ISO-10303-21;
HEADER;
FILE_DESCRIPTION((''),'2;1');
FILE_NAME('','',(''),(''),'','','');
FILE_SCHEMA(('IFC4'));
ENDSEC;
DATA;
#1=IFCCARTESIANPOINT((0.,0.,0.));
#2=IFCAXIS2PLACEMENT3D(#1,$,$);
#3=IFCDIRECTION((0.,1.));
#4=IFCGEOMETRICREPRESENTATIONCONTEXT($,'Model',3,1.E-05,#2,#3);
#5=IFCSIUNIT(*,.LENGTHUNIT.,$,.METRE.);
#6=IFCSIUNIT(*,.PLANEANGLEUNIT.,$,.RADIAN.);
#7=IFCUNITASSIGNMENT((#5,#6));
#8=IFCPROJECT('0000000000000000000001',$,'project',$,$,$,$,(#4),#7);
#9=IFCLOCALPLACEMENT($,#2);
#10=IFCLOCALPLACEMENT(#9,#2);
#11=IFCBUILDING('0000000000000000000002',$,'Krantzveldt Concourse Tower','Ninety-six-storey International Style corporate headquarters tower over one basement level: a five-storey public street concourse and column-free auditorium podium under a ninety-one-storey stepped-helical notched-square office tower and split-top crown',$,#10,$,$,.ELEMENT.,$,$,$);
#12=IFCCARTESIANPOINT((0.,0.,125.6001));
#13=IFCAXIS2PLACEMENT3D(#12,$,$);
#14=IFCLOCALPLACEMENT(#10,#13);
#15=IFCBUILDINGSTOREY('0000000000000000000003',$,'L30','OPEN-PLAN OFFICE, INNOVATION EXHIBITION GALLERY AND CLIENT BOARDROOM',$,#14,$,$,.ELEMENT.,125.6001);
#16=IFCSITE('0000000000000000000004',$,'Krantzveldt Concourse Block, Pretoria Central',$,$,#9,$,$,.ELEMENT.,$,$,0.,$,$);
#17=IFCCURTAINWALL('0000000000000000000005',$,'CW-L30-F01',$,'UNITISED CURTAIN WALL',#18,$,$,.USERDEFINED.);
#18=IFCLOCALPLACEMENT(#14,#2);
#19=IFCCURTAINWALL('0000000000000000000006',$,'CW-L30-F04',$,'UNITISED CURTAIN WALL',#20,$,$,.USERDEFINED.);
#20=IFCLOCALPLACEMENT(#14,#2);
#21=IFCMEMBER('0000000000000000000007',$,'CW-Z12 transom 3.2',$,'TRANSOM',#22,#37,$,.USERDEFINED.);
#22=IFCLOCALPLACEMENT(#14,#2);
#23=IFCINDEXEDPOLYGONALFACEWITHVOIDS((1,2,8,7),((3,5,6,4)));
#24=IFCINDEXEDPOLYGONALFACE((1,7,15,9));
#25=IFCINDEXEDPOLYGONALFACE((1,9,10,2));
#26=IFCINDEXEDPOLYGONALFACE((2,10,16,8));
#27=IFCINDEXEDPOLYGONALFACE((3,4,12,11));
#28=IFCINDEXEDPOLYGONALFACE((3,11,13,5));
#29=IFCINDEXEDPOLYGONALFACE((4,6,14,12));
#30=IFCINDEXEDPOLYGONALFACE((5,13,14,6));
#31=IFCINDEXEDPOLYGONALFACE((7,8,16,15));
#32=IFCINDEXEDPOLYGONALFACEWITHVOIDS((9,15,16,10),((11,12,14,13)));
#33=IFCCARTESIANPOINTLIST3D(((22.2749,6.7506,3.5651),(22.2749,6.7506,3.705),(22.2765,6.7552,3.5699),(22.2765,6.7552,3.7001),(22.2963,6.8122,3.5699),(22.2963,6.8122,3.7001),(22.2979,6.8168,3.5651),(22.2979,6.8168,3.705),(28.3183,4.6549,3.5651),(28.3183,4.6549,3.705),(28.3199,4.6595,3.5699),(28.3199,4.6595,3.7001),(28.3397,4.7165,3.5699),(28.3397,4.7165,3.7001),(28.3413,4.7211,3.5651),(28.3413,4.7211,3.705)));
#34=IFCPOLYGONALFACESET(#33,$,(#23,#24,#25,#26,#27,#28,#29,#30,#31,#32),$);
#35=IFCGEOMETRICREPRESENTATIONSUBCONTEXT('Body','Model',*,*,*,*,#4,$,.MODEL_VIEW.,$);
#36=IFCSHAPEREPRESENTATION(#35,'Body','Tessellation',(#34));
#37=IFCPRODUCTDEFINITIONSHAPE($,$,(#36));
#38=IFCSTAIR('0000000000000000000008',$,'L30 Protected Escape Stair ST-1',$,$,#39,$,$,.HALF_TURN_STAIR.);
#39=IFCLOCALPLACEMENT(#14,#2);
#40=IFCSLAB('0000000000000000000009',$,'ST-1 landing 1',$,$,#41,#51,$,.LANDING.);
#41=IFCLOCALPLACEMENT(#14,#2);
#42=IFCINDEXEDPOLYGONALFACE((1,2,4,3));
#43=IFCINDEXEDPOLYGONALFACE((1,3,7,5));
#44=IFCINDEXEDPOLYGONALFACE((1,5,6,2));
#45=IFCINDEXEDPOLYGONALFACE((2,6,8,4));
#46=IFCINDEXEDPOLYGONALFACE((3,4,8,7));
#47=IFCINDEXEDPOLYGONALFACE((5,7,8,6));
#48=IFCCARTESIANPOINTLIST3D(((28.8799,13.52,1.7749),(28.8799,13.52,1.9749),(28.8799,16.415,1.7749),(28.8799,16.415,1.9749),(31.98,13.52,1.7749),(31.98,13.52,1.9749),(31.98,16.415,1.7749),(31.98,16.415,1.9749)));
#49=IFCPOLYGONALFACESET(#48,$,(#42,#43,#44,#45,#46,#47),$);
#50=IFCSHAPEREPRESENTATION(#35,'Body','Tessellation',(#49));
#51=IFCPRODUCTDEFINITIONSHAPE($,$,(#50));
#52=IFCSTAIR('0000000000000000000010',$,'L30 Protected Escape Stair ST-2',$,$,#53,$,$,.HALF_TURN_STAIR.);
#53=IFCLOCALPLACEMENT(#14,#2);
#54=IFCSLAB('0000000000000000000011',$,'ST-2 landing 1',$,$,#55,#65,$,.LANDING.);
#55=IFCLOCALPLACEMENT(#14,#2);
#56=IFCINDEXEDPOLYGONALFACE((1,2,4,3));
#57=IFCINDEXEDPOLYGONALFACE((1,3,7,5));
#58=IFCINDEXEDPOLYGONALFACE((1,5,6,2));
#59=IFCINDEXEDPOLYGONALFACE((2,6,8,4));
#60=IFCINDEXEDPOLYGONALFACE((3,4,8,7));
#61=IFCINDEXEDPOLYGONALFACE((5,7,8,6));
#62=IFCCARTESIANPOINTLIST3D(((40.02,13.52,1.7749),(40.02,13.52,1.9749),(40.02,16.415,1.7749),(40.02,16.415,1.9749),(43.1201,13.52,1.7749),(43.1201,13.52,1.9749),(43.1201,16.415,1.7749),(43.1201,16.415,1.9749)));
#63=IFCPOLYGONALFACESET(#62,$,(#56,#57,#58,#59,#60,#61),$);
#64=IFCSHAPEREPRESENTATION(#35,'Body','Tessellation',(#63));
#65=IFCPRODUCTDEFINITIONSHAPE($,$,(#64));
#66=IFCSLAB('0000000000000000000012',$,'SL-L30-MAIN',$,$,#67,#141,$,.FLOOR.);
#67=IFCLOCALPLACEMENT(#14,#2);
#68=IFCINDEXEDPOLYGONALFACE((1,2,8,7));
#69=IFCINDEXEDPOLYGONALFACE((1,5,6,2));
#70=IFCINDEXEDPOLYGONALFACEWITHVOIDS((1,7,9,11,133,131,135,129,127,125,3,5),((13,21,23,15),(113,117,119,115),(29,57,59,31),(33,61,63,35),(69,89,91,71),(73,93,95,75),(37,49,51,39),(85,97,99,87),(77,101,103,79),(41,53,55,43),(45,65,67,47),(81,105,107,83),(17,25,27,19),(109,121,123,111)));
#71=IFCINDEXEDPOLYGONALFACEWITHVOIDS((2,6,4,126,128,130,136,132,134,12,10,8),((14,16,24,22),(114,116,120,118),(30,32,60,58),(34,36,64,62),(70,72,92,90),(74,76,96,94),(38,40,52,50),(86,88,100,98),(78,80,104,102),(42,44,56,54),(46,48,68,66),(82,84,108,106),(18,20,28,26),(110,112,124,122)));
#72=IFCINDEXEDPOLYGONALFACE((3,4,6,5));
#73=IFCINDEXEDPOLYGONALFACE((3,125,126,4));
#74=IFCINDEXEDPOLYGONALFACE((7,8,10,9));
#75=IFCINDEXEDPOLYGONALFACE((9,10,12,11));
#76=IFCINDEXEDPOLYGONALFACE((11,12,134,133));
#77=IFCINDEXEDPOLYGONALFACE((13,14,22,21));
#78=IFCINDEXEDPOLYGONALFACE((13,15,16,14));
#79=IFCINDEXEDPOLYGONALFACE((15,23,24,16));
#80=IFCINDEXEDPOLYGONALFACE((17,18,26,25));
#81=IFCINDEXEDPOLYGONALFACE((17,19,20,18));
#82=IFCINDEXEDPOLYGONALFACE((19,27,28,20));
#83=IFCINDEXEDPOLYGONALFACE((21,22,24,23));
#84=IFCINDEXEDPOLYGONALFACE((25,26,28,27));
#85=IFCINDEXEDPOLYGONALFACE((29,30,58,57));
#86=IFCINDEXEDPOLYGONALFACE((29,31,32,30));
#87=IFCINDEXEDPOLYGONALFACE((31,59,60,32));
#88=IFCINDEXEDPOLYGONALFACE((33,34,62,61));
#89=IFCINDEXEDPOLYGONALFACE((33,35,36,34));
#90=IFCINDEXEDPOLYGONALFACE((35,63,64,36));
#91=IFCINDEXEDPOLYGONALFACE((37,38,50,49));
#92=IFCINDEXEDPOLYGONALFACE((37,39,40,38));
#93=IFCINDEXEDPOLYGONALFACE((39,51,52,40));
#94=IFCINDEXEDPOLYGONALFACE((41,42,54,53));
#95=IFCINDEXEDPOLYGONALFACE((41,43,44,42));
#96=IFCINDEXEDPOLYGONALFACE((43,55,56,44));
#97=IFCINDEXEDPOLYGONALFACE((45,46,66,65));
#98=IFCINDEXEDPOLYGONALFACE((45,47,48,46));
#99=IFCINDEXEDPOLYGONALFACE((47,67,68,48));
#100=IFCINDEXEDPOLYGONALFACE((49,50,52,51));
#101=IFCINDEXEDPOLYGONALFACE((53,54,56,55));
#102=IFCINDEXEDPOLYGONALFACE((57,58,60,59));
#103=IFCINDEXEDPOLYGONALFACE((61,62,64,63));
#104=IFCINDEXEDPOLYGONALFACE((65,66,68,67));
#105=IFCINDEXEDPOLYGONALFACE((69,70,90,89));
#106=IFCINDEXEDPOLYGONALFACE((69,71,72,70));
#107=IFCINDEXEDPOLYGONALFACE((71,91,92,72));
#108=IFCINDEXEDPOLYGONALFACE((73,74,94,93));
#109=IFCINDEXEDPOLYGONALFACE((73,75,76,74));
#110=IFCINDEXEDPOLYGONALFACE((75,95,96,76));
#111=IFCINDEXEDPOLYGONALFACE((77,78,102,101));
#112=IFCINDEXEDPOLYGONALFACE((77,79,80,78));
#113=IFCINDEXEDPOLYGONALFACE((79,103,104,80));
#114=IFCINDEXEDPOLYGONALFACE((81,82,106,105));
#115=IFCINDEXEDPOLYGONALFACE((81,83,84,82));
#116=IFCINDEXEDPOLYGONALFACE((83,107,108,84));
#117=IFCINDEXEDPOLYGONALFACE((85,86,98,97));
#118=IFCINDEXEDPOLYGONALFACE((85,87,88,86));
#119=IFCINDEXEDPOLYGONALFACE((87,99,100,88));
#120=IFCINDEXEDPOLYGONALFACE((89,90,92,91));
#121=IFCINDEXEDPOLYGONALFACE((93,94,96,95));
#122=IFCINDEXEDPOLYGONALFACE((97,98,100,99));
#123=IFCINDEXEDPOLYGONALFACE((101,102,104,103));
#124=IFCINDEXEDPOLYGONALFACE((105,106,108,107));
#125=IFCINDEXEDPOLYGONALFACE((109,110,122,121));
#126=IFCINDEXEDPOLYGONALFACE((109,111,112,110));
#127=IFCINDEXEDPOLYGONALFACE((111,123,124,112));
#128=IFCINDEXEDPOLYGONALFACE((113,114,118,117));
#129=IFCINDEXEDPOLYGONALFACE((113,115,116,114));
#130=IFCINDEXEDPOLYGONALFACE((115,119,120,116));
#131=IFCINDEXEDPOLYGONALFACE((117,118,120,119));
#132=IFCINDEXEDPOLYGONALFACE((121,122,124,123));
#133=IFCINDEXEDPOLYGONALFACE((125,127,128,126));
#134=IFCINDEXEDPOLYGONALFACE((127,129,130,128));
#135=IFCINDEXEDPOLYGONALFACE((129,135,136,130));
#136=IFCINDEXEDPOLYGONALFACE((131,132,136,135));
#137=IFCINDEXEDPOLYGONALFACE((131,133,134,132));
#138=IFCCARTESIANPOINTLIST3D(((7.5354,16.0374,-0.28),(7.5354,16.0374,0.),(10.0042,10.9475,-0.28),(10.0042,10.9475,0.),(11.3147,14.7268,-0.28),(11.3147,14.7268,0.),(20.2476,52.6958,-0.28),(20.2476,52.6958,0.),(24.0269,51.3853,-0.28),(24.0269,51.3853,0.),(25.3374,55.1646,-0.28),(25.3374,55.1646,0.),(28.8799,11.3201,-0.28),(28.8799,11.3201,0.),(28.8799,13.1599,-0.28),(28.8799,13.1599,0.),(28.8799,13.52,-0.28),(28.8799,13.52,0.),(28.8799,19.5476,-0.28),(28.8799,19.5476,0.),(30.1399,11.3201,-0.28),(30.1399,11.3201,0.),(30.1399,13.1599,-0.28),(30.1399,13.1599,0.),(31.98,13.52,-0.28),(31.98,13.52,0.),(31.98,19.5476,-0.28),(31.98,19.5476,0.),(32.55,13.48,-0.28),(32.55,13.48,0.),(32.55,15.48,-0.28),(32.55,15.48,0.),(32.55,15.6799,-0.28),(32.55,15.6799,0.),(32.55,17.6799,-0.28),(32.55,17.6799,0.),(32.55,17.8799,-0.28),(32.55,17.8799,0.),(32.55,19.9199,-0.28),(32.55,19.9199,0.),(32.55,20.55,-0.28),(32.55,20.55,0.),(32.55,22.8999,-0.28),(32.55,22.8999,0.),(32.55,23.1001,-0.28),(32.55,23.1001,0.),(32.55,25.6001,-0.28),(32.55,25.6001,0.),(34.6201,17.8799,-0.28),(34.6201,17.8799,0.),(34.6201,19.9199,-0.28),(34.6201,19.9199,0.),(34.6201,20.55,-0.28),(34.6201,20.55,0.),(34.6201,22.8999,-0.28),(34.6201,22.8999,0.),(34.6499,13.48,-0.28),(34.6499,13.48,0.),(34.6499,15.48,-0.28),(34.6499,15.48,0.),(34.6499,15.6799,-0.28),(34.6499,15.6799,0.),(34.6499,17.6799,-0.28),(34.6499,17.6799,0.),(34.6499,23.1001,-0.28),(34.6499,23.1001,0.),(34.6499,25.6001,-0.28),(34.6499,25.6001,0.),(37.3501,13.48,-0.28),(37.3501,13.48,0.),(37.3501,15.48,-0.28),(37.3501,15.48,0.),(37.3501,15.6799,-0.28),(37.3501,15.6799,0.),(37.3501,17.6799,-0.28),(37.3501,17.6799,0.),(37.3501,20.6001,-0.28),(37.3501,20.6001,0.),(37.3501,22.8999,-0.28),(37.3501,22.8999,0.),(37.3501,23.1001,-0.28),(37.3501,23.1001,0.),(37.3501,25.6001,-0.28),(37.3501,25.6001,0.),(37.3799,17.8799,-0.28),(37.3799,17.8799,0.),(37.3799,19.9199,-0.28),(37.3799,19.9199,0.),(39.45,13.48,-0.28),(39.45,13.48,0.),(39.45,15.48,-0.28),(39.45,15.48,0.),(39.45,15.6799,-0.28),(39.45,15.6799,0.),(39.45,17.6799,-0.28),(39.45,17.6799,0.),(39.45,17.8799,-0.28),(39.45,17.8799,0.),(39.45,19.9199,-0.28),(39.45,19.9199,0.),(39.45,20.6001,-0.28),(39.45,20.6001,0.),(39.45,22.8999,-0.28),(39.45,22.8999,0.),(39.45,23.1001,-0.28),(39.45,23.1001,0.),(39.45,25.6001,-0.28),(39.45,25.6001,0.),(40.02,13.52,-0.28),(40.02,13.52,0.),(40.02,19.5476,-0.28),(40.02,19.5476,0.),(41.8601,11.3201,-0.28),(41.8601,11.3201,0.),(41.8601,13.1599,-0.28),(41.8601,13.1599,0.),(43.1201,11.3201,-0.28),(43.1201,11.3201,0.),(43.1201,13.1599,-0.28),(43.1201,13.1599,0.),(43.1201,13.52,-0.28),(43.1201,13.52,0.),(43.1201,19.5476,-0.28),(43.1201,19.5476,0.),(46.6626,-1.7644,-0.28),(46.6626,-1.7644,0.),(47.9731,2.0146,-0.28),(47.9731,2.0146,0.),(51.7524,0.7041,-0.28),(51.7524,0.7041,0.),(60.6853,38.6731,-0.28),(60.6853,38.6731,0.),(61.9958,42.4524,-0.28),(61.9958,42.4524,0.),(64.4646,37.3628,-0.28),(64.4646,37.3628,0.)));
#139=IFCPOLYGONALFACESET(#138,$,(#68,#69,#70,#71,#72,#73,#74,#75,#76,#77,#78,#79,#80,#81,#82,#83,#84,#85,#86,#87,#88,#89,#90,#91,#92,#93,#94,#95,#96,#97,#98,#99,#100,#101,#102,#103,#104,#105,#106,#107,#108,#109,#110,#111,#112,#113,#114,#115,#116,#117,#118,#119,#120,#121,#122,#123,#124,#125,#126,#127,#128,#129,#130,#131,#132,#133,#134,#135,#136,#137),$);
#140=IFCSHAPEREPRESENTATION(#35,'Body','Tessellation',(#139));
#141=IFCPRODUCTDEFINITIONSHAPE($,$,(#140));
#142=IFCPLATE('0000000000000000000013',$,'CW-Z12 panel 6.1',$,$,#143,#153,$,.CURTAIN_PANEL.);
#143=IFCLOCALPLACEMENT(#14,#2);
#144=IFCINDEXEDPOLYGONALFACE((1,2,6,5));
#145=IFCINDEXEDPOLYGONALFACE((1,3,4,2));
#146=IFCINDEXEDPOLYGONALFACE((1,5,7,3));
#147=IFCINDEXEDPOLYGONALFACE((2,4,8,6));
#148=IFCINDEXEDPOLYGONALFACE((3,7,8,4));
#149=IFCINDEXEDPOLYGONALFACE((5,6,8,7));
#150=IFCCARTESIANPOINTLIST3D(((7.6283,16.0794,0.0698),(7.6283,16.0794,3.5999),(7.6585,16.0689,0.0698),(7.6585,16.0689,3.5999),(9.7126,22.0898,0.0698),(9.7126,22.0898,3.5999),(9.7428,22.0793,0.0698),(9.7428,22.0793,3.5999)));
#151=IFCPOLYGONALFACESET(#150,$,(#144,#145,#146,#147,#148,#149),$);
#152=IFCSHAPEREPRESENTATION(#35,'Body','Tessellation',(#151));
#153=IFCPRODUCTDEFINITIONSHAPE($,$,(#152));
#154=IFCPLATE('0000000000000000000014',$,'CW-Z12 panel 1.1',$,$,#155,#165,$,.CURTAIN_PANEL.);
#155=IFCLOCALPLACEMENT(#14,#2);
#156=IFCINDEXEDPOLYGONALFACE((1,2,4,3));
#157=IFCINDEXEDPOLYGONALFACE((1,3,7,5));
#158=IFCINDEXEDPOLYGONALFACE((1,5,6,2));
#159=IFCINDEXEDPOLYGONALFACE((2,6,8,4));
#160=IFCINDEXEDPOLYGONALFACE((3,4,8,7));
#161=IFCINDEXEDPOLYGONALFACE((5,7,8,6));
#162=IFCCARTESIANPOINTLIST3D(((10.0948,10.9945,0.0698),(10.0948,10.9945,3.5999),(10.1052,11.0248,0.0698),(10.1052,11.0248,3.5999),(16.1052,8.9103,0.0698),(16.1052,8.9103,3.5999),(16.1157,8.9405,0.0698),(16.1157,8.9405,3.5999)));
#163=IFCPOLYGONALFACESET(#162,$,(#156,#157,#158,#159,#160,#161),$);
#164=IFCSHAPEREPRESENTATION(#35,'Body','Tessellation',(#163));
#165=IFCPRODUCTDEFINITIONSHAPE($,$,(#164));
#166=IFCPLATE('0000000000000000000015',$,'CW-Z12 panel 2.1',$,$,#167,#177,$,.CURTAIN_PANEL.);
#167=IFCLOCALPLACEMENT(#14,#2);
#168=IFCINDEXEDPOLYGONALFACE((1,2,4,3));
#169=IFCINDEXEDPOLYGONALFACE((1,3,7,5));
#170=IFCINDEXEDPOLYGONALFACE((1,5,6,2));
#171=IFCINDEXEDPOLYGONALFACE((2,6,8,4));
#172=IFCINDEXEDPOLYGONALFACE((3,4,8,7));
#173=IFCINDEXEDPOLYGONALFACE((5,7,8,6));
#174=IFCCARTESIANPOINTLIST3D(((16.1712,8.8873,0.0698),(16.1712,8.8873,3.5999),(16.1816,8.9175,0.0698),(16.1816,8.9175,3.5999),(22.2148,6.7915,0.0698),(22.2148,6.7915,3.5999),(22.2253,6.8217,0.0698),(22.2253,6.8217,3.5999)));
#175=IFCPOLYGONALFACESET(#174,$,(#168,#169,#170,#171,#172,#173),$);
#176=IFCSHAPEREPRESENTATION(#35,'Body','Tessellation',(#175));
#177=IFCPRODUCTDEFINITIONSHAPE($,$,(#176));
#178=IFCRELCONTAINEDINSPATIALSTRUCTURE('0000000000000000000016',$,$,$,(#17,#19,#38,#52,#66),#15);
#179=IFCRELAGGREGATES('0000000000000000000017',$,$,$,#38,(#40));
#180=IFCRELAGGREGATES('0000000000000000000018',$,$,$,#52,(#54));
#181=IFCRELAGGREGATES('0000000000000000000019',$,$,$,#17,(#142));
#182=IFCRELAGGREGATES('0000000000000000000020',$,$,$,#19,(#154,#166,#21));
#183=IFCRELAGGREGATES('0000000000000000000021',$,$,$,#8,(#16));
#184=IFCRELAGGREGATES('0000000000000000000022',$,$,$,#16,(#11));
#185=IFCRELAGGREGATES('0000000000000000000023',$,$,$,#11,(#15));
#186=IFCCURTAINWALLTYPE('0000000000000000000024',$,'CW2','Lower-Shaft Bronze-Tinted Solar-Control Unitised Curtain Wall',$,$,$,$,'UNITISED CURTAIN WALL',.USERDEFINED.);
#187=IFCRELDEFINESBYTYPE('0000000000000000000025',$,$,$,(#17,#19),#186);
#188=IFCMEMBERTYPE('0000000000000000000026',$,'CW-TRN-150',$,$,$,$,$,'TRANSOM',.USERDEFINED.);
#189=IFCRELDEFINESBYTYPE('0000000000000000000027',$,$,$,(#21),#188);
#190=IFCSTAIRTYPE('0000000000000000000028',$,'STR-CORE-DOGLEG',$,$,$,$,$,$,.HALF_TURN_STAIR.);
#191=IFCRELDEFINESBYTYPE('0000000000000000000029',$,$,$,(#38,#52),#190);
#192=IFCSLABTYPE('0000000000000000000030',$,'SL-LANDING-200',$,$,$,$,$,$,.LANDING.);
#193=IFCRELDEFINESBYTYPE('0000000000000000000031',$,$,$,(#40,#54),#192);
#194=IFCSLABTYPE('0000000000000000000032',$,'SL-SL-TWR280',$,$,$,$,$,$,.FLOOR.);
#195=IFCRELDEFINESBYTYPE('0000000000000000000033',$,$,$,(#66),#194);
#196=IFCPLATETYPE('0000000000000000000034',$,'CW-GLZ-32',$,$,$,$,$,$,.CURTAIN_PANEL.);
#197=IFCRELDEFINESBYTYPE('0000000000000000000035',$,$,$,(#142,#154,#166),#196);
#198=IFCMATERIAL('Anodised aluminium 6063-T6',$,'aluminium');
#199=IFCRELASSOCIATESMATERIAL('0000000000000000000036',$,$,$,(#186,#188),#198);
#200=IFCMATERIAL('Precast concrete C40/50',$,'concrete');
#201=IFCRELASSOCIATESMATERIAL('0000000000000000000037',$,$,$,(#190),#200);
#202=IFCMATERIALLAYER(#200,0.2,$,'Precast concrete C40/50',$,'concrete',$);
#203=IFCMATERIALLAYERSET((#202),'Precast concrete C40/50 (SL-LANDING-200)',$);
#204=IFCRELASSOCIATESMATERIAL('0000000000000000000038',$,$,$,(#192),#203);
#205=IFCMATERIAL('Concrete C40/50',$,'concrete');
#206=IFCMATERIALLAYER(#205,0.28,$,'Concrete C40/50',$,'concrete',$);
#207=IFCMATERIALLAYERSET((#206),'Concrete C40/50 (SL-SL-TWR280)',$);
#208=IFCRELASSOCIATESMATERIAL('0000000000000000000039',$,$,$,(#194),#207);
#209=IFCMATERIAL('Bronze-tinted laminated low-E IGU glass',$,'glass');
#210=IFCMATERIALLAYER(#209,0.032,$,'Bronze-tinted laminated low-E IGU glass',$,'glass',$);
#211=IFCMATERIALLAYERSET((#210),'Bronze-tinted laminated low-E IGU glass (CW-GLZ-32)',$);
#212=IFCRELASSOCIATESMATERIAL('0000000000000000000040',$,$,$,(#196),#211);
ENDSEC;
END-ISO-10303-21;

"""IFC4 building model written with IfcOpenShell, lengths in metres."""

from ifc_helpers import new_model, si_unit, direction, frame, origin, origin_2d, place, context, subcontext, project, spatial, polyline, rectangle, hollow_rectangle, outline, extrude, source, transform, mapped, material, layer, layer_set, material_profile, profile_set, type_object, type_shapes, element, aggregate, save


model = new_model("IFC4")

# Units and contexts
model_context = context("Model", 3, precision=1e-05, world=origin(), true_north=direction((0.0, 1.0)))
body_context = subcontext(model_context, "Body", "Model", "MODEL_VIEW")
ifc_project = project(units=[si_unit("LENGTHUNIT", "METRE"), si_unit("PLANEANGLEUNIT", "RADIAN")], contexts=[model_context])

# Site, building, storey
site_placement = place(None, origin())
site = spatial("IfcSite", under=ifc_project, at=site_placement, Name="Krantzveldt Concourse Block, Pretoria Central", CompositionType="ELEMENT", RefElevation=0.0)
building_placement = place(site_placement, origin())
building = spatial("IfcBuilding", under=site, at=building_placement, Name="Krantzveldt Concourse Tower", Description="Ninety-six-storey International Style corporate headquarters tower over one basement level: a five-storey public street concourse and column-free auditorium podium under a ninety-one-storey stepped-helical notched-square office tower and split-top crown", CompositionType="ELEMENT")
storey_placement = place(building_placement, frame((0.0, 0.0, 125.6001)))
storey = spatial("IfcBuildingStorey", under=building, at=storey_placement, Name="L30", Description="OPEN-PLAN OFFICE, INNOVATION EXHIBITION GALLERY AND CLIENT BOARDROOM", CompositionType="ELEMENT", Elevation=125.6001)

# Curtain walls
ifc_material_1 = material(Name="Anodised aluminium 6063-T6", Category="aluminium")
curtain_wall_type = type_object("IfcCurtainWallType", Name="CW2", Description="Lower-Shaft Bronze-Tinted Solar-Control Unitised Curtain Wall", ElementType="UNITISED CURTAIN WALL", PredefinedType="USERDEFINED", material=ifc_material_1)
curtain_wall_1_placement = place(storey_placement, origin())
curtain_wall_1 = element("IfcCurtainWall", 1, at=curtain_wall_1_placement, inside=storey, type_object=curtain_wall_type, Name="CW-L30-F01", ObjectType="UNITISED CURTAIN WALL", PredefinedType="USERDEFINED")
curtain_wall_2_placement = place(storey_placement, origin())
curtain_wall_2 = element("IfcCurtainWall", 2, at=curtain_wall_2_placement, inside=storey, type_object=curtain_wall_type, Name="CW-L30-F04", ObjectType="UNITISED CURTAIN WALL", PredefinedType="USERDEFINED")

# Member
ifc_material_profile_1 = material_profile(ifc_material_1, hollow_rectangle(XDim=0.0701, YDim=0.1399, WallThickness=0.0049, at=origin_2d()), Name="Anodised aluminium 6063-T6", Category="aluminium")
ifc_profile_set_1 = profile_set([ifc_material_profile_1], Name="Anodised aluminium 6063-T6 - ALU-TRAN 140x70x5")
member_type_1 = type_object("IfcMemberType", Name="CW-TRN-150", ElementType="TRANSOM", PredefinedType="USERDEFINED", material=ifc_profile_set_1)
shared_shape_1 = source(origin(), body_context, "Body", "SweptSolid", [
    extrude(hollow_rectangle(XDim=0.0701, YDim=0.1399, WallThickness=0.0049, at=origin_2d()), origin(), (0.0, 0.0, 1.0), 6.3965),
])
member_1_placement = place(storey_placement, frame((22.2864, 6.7837, 3.635), z_axis=(0.944805, -0.327632, 0.0), x_axis=(0.327632, 0.944805, 0.0)))
member_1 = element("IfcMember", 3, at=member_1_placement, type_object=member_type_1, Name="CW-Z12 transom 3.2", ObjectType="TRANSOM", PredefinedType="USERDEFINED", context=body_context, shape_type="MappedRepresentation", body=[
    mapped(shared_shape_1, transform((0.0, 0.0, 0.0), x_axis=(1.0, 0.0, 0.0), y_axis=(0.0, 1.0, 0.0), z_axis=(0.0, 0.0, 1.0), scale=1.0)),
])

# Stairs, slabs
ifc_material_2 = material(Name="Precast concrete C40/50", Category="concrete")
stair_type = type_object("IfcStairType", Name="STR-CORE-DOGLEG", PredefinedType="HALF_TURN_STAIR", material=ifc_material_2)
stair_1_placement = place(storey_placement, origin())
stair_1 = element("IfcStair", 4, at=stair_1_placement, inside=storey, type_object=stair_type, Name="L30 Protected Escape Stair ST-1", PredefinedType="HALF_TURN_STAIR")
ifc_layer_1 = layer(ifc_material_2, 0.2, Name="Precast concrete C40/50", Category="concrete")
ifc_layer_set_1 = layer_set([ifc_layer_1], Name="Precast concrete C40/50 (SL-LANDING-200)")
slab_type_1 = type_object("IfcSlabType", Name="SL-LANDING-200", PredefinedType="LANDING", material=ifc_layer_set_1)
slab_1_placement = place(storey_placement, frame((0.0, 0.0, 1.7749)))
slab_1 = element("IfcSlab", 5, at=slab_1_placement, type_object=slab_type_1, Name="ST-1 landing 1", PredefinedType="LANDING", context=body_context, shape_type="SweptSolid", body=[
    extrude(outline(polyline([(28.8799, 16.415), (28.8799, 13.52), (31.98, 13.52), (31.98, 16.415), (28.8799, 16.415)])), origin(), (0.0, 0.0, 1.0), 0.2),
])
aggregate(stair_1, [slab_1])
stair_2_placement = place(storey_placement, origin())
stair_2 = element("IfcStair", 6, at=stair_2_placement, inside=storey, type_object=stair_type, Name="L30 Protected Escape Stair ST-2", PredefinedType="HALF_TURN_STAIR")
slab_2_placement = place(storey_placement, frame((0.0, 0.0, 1.7749)))
slab_2 = element("IfcSlab", 7, at=slab_2_placement, type_object=slab_type_1, Name="ST-2 landing 1", PredefinedType="LANDING", context=body_context, shape_type="SweptSolid", body=[
    extrude(outline(polyline([(40.02, 16.415), (40.02, 13.52), (43.1201, 13.52), (43.1201, 16.415), (40.02, 16.415)])), origin(), (0.0, 0.0, 1.0), 0.2),
])
aggregate(stair_2, [slab_2])

# Slab
ifc_material_3 = material(Name="Concrete C40/50", Category="concrete")
ifc_layer_2 = layer(ifc_material_3, 0.28, Name="Concrete C40/50", Category="concrete")
ifc_layer_set_2 = layer_set([ifc_layer_2], Name="Concrete C40/50 (SL-SL-TWR280)")
slab_type_2 = type_object("IfcSlabType", Name="SL-SL-TWR280", PredefinedType="FLOOR", material=ifc_layer_set_2)
slab_3_placement = place(storey_placement, frame((0.0, 0.0, -0.28)))
element("IfcSlab", 8, at=slab_3_placement, inside=storey, type_object=slab_type_2, Name="SL-L30-MAIN", PredefinedType="FLOOR", context=body_context, shape_type="SweptSolid", body=[
    extrude(outline(polyline([(24.0269, 51.3853), (20.2476, 52.6958), (7.5354, 16.0374), (11.3147, 14.7268), (10.0042, 10.9475), (46.6626, -1.7644), (47.9731, 2.0146), (51.7524, 0.7041), (64.4646, 37.3628), (60.6853, 38.6731), (61.9958, 42.4524), (25.3374, 55.1646), (24.0269, 51.3853)]), holes=[polyline([(28.8799, 19.5476), (28.8799, 13.52), (31.98, 13.52), (31.98, 19.5476), (28.8799, 19.5476)]), polyline([(40.02, 19.5476), (40.02, 13.52), (43.1201, 13.52), (43.1201, 19.5476), (40.02, 19.5476)]), polyline([(32.55, 23.1001), (34.6499, 23.1001), (34.6499, 25.6001), (32.55, 25.6001), (32.55, 23.1001)]), polyline([(37.3501, 23.1001), (39.45, 23.1001), (39.45, 25.6001), (37.3501, 25.6001), (37.3501, 23.1001)]), polyline([(37.3501, 20.6001), (39.45, 20.6001), (39.45, 22.8999), (37.3501, 22.8999), (37.3501, 20.6001)]), polyline([(32.55, 13.48), (34.6499, 13.48), (34.6499, 15.48), (32.55, 15.48), (32.55, 13.48)]), polyline([(32.55, 15.6799), (34.6499, 15.6799), (34.6499, 17.6799), (32.55, 17.6799), (32.55, 15.6799)]), polyline([(37.3501, 13.48), (39.45, 13.48), (39.45, 15.48), (37.3501, 15.48), (37.3501, 13.48)]), polyline([(37.3501, 15.6799), (39.45, 15.6799), (39.45, 17.6799), (37.3501, 17.6799), (37.3501, 15.6799)]), polyline([(32.55, 20.55), (34.6201, 20.55), (34.6201, 22.8999), (32.55, 22.8999), (32.55, 20.55)]), polyline([(32.55, 17.8799), (34.6201, 17.8799), (34.6201, 19.9199), (32.55, 19.9199), (32.55, 17.8799)]), polyline([(37.3799, 17.8799), (39.45, 17.8799), (39.45, 19.9199), (37.3799, 19.9199), (37.3799, 17.8799)]), polyline([(28.8799, 11.3201), (30.1399, 11.3201), (30.1399, 13.1599), (28.8799, 13.1599), (28.8799, 11.3201)]), polyline([(41.8601, 11.3201), (43.1201, 11.3201), (43.1201, 13.1599), (41.8601, 13.1599), (41.8601, 11.3201)])]), origin(), (0.0, 0.0, 1.0), 0.28),
])

# Plates
ifc_material_4 = material(Name="Bronze-tinted laminated low-E IGU glass", Category="glass")
ifc_layer_3 = layer(ifc_material_4, 0.032, Name="Bronze-tinted laminated low-E IGU glass", Category="glass")
ifc_layer_set_3 = layer_set([ifc_layer_3], Name="Bronze-tinted laminated low-E IGU glass (CW-GLZ-32)")
plate_type = type_object("IfcPlateType", Name="CW-GLZ-32", PredefinedType="CURTAIN_PANEL", material=ifc_layer_set_3)
shared_shape_2 = source(origin(), body_context, "Body", "SweptSolid", [
    extrude(rectangle(XDim=6.3616, YDim=0.032, at=origin_2d()), origin(), (0.0, 0.0, 1.0), 3.53),
])
plate_1_placement = place(storey_placement, frame((8.6855, 19.0793, 0.0698), z_axis=(0.0, 0.0, 1.0), x_axis=(-0.32763, -0.944806, 0.0)))
plate_1 = element("IfcPlate", 9, at=plate_1_placement, type_object=plate_type, Name="CW-Z12 panel 6.1", PredefinedType="CURTAIN_PANEL", context=body_context, shape_type="MappedRepresentation", body=[
    mapped(shared_shape_2, transform((0.0, 0.0, 0.0), x_axis=(1.0, 0.0, 0.0), y_axis=(0.0, 1.0, 0.0), z_axis=(0.0, 0.0, 1.0), scale=1.0)),
])
aggregate(curtain_wall_1, [plate_1])
plate_2_placement = place(storey_placement, frame((13.1052, 9.9675, 0.0698), z_axis=(0.0, 0.0, 1.0), x_axis=(0.944806, -0.32763, 0.0)))
plate_2 = element("IfcPlate", 10, at=plate_2_placement, type_object=plate_type, Name="CW-Z12 panel 1.1", PredefinedType="CURTAIN_PANEL", context=body_context, shape_type="MappedRepresentation", body=[
    mapped(shared_shape_2, transform((0.0, 0.0, 0.0), x_axis=(1.0, 0.0, 0.0), y_axis=(0.0, 1.0, 0.0), z_axis=(0.0, 0.0, 1.0), scale=1.0)),
])
shared_shape_3 = source(origin(), body_context, "Body", "SweptSolid", [
    extrude(rectangle(XDim=6.3967, YDim=0.032, at=origin_2d()), origin(), (0.0, 0.0, 1.0), 3.53),
])
type_shapes(plate_type, [shared_shape_2, shared_shape_3])
plate_3_placement = place(storey_placement, frame((19.1982, 7.8545, 0.0698), z_axis=(0.0, 0.0, 1.0), x_axis=(0.944806, -0.32763, 0.0)))
plate_3 = element("IfcPlate", 11, at=plate_3_placement, type_object=plate_type, Name="CW-Z12 panel 2.1", PredefinedType="CURTAIN_PANEL", context=body_context, shape_type="MappedRepresentation", body=[
    mapped(shared_shape_3, transform((0.0, 0.0, 0.0), x_axis=(1.0, 0.0, 0.0), y_axis=(0.0, 1.0, 0.0), z_axis=(0.0, 0.0, 1.0), scale=1.0)),
])
aggregate(curtain_wall_2, [plate_2, plate_3, member_1])

save(model, "model.ifc")
